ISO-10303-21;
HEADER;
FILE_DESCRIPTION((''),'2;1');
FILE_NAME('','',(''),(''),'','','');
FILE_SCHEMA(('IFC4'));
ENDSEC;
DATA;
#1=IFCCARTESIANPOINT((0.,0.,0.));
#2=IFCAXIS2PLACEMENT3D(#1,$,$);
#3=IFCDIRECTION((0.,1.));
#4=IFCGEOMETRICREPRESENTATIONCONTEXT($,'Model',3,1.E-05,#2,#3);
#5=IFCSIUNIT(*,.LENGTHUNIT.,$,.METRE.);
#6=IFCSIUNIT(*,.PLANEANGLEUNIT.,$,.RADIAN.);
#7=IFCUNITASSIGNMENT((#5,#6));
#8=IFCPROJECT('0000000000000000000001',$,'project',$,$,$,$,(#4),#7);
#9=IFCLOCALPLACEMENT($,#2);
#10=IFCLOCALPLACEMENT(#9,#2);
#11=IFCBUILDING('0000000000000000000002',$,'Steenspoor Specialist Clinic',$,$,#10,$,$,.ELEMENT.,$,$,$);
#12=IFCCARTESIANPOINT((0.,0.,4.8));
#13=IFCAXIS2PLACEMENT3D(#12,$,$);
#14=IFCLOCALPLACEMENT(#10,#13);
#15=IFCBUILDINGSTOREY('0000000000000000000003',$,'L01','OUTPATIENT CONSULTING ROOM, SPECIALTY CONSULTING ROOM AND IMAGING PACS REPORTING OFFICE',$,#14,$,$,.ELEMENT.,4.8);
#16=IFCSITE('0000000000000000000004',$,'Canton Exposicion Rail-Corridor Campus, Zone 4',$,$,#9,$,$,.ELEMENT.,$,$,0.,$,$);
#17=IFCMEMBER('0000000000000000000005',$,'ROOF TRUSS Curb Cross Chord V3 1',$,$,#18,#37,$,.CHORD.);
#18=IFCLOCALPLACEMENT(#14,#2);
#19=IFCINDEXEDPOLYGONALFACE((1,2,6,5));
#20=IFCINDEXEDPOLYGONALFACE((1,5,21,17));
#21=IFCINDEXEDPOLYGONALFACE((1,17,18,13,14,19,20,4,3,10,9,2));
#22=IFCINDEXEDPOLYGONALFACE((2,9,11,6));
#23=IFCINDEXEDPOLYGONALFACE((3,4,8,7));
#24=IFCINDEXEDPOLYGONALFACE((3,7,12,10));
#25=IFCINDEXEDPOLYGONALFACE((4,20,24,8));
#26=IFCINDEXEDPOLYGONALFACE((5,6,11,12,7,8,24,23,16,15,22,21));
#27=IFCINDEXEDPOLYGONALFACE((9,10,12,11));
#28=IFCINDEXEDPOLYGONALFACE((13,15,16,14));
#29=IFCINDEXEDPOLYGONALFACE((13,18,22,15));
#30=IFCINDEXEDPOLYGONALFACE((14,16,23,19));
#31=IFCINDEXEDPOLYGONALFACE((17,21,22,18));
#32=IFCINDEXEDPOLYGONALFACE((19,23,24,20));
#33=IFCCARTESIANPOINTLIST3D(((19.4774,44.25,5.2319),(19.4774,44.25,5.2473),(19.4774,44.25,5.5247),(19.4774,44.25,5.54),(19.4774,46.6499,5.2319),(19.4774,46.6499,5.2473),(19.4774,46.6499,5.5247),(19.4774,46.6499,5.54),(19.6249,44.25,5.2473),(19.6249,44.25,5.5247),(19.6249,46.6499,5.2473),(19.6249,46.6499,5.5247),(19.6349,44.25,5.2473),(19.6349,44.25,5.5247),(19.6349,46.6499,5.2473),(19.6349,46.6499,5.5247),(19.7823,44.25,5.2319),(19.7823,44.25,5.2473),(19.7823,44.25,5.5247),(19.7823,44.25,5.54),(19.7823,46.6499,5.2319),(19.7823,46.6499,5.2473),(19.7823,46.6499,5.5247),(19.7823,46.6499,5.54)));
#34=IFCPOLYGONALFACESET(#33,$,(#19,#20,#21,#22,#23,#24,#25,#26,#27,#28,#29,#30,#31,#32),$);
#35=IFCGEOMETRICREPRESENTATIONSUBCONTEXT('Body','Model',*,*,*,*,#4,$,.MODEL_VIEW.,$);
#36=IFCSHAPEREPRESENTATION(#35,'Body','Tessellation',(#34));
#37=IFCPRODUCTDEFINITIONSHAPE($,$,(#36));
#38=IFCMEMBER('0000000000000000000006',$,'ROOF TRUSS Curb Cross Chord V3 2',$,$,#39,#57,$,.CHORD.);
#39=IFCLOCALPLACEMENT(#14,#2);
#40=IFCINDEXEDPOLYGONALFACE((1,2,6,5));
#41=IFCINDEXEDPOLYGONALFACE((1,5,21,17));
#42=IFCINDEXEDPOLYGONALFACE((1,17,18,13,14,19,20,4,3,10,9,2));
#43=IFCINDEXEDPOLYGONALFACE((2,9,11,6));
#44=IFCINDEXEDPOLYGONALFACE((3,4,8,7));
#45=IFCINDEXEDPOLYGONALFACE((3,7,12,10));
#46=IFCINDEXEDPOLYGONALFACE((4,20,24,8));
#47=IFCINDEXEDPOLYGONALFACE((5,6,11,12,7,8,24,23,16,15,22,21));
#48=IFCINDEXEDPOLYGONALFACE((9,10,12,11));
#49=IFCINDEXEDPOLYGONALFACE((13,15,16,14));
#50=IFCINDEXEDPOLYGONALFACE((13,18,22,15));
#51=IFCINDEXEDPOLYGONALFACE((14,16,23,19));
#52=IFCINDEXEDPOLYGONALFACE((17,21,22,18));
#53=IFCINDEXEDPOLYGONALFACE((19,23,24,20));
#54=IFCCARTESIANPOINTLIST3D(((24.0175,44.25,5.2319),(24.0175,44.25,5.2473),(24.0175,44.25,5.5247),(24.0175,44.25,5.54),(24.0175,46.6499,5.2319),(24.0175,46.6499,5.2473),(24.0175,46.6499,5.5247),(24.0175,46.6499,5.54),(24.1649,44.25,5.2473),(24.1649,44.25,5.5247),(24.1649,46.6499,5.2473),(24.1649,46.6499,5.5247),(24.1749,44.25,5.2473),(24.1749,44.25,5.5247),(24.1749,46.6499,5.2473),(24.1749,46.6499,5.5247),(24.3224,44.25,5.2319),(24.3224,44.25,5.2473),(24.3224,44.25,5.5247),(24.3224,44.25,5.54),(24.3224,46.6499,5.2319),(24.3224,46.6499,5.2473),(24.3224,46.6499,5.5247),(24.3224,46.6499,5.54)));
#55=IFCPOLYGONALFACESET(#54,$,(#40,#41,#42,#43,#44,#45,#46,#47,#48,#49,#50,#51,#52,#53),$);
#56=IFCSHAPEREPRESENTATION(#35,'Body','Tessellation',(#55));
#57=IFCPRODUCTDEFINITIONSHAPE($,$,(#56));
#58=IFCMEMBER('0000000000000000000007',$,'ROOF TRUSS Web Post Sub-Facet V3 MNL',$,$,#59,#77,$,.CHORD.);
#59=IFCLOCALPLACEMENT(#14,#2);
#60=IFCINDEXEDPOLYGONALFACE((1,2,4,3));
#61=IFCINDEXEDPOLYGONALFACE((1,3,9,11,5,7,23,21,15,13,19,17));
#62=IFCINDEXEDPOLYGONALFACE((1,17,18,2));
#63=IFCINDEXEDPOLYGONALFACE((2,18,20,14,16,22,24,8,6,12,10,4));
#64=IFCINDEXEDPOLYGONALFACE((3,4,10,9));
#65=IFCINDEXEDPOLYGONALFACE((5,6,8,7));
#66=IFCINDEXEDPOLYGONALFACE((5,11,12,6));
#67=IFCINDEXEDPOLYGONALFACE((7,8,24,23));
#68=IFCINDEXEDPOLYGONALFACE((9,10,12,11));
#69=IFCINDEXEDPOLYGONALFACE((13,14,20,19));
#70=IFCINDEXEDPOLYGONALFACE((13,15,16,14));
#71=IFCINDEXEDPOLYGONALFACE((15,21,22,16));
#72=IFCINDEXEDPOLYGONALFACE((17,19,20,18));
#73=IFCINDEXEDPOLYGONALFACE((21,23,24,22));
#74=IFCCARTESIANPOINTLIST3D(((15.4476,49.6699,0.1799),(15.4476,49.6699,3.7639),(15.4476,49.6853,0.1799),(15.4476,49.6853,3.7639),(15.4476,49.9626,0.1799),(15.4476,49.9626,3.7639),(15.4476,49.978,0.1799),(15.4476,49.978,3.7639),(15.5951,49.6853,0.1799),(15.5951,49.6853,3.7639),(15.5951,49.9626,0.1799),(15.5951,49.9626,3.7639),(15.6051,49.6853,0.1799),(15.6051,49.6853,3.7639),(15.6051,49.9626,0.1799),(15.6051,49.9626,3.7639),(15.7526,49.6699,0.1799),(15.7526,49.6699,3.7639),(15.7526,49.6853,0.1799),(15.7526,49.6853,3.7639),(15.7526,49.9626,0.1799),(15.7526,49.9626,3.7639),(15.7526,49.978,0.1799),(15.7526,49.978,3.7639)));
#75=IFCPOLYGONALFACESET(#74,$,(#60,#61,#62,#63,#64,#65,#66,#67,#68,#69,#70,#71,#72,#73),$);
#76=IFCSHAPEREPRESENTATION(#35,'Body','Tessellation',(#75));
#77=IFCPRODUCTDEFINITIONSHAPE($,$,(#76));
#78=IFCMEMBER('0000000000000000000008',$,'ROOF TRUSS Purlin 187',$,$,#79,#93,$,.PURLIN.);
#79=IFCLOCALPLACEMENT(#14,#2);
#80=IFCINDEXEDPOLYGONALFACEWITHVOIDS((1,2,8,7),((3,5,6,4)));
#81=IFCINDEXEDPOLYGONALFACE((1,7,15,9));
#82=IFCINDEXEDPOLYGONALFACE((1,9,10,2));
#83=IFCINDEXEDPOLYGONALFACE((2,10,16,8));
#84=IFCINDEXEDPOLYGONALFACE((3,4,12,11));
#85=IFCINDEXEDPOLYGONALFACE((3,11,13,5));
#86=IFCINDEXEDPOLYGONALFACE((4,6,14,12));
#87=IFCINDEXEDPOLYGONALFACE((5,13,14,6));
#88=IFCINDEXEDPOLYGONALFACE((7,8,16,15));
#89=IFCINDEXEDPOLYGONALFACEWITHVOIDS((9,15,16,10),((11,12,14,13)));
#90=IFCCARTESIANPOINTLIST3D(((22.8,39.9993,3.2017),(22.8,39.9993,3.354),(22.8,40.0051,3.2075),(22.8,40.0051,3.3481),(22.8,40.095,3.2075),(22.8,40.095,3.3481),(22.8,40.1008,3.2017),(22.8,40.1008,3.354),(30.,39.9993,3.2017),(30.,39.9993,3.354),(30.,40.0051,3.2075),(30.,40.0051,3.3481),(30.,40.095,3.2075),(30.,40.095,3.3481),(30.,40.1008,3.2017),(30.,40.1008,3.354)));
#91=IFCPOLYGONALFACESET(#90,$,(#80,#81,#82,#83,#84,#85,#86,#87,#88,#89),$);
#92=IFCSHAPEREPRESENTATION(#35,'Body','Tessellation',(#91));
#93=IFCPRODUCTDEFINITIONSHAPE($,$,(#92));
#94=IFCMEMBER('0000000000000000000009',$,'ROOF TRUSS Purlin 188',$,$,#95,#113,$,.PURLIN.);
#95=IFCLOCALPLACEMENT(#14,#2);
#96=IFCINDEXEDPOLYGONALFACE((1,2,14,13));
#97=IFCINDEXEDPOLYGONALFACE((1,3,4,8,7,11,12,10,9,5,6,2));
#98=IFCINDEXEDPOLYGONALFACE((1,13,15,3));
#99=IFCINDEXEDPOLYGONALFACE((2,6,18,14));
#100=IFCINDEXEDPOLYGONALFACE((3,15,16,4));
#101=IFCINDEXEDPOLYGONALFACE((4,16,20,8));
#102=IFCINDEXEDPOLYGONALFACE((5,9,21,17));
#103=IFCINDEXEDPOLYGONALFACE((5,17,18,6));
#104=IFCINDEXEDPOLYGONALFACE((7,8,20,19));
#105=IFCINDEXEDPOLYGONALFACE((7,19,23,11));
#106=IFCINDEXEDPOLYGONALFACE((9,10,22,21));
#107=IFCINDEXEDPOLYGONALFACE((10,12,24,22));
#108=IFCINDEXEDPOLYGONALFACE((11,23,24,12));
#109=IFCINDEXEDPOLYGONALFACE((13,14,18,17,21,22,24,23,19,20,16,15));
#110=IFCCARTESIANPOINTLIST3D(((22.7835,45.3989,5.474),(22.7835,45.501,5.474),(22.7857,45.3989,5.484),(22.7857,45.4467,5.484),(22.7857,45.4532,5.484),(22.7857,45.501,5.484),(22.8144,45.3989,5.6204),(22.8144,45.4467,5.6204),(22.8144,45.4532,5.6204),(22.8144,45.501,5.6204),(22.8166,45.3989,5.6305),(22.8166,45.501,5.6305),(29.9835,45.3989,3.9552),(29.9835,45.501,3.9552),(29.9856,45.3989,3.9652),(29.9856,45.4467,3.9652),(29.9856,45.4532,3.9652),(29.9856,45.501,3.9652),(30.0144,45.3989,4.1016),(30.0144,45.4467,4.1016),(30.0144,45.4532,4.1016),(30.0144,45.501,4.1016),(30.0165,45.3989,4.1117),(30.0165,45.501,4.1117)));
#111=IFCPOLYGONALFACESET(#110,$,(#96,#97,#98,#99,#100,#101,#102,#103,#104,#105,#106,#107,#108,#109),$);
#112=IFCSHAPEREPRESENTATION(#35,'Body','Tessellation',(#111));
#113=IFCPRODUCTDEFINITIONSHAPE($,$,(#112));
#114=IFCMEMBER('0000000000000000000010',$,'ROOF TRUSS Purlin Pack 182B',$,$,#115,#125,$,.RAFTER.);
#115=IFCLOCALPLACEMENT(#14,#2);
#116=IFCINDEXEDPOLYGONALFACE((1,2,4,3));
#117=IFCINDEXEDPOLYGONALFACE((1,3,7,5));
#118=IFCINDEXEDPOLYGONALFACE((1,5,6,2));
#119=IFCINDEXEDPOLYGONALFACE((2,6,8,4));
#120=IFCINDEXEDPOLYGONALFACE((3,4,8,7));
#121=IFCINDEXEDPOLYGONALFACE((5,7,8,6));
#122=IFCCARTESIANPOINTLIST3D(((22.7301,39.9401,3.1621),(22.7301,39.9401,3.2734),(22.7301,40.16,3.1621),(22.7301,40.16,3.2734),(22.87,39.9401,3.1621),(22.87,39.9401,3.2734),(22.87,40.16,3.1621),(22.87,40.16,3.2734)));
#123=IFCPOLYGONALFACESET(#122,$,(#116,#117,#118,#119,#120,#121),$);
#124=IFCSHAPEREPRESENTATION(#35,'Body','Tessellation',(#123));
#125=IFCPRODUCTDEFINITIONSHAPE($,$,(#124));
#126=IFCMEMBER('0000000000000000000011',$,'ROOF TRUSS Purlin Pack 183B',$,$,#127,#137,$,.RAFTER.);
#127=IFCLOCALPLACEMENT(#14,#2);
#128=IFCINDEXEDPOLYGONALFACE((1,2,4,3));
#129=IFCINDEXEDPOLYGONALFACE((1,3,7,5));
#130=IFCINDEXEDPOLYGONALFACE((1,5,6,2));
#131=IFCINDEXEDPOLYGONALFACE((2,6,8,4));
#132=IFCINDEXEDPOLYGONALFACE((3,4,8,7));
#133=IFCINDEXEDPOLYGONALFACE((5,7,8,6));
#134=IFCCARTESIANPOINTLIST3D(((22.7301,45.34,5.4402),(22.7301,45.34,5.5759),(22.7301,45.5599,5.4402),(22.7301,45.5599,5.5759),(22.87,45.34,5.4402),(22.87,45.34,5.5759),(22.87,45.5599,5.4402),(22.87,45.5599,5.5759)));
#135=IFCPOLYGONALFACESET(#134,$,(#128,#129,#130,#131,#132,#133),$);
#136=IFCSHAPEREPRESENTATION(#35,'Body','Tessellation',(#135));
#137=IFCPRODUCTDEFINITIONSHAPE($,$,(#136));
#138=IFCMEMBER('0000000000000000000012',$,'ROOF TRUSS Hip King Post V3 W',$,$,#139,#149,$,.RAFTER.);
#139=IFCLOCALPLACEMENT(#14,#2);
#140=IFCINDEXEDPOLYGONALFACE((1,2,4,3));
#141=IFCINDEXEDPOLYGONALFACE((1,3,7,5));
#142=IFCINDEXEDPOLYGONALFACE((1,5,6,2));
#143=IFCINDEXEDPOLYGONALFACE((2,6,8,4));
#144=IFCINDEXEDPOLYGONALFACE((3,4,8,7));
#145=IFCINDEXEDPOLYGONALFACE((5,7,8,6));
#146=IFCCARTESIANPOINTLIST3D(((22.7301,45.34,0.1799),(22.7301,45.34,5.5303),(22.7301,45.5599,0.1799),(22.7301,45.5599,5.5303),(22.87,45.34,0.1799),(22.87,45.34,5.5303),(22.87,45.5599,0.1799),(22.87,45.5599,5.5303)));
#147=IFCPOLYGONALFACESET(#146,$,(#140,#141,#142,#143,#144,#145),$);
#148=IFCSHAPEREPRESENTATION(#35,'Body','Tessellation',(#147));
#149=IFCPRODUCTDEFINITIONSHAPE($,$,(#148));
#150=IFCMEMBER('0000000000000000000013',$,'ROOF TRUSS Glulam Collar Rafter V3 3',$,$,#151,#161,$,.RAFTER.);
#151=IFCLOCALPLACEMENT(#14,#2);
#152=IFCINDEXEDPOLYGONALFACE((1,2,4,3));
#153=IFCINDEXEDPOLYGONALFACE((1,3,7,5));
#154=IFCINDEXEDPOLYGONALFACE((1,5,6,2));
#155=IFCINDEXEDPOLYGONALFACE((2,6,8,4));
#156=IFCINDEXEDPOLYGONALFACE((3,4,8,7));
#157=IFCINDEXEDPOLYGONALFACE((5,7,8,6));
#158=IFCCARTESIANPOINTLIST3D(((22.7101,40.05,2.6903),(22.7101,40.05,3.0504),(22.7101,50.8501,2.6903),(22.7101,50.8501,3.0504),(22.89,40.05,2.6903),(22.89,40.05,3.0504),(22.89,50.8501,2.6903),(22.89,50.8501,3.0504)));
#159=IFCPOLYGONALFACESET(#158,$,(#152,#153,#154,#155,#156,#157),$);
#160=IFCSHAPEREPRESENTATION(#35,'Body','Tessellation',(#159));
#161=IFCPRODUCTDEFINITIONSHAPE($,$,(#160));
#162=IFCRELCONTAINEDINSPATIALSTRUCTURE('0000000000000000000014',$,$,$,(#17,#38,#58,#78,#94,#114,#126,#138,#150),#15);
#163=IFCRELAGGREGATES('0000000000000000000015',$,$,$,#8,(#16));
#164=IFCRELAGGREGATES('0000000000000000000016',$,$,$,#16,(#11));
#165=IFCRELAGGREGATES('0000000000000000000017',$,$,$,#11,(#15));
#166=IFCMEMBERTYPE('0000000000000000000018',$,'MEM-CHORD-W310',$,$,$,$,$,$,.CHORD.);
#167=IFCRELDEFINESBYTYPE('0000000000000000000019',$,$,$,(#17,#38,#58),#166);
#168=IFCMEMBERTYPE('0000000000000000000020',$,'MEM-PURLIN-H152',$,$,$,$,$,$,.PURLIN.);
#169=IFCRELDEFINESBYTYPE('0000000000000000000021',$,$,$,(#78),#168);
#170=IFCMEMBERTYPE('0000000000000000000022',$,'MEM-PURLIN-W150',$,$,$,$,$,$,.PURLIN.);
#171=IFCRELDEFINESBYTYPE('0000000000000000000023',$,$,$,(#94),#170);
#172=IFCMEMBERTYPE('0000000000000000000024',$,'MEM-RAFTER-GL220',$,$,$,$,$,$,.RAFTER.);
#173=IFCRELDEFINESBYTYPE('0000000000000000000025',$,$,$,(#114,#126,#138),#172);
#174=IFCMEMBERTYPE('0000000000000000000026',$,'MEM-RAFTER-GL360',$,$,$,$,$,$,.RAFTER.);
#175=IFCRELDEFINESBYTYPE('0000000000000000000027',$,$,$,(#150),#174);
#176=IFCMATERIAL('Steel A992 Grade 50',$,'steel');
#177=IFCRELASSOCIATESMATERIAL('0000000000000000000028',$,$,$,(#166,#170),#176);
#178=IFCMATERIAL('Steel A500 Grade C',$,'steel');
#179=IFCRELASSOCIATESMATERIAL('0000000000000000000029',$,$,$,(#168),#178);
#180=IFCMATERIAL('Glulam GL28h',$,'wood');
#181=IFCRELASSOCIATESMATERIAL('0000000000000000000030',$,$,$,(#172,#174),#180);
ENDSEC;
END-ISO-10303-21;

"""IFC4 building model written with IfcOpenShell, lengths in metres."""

from ifc_helpers import new_model, si_unit, direction, frame, origin, origin_2d, place, context, subcontext, project, spatial, rectangle, hollow_rectangle, i_section, extrude, material, material_profile, profile_set, type_object, element, save


model = new_model("IFC4")

# Units and contexts
model_context = context("Model", 3, precision=1e-05, world=origin(), true_north=direction((0.0, 1.0)))
body_context = subcontext(model_context, "Body", "Model", "MODEL_VIEW")
ifc_project = project(units=[si_unit("LENGTHUNIT", "METRE"), si_unit("PLANEANGLEUNIT", "RADIAN")], contexts=[model_context])

# Site, building, storey
site_placement = place(None, origin())
site = spatial("IfcSite", under=ifc_project, at=site_placement, Name="Canton Exposicion Rail-Corridor Campus, Zone 4", CompositionType="ELEMENT", RefElevation=0.0)
building_placement = place(site_placement, origin())
building = spatial("IfcBuilding", under=site, at=building_placement, Name="Steenspoor Specialist Clinic", CompositionType="ELEMENT")
storey_placement = place(building_placement, frame((0.0, 0.0, 4.8)))
storey = spatial("IfcBuildingStorey", under=building, at=storey_placement, Name="L01", Description="OUTPATIENT CONSULTING ROOM, SPECIALTY CONSULTING ROOM AND IMAGING PACS REPORTING OFFICE", CompositionType="ELEMENT", Elevation=4.8)

# Shared definitions
ifc_material_1 = material(Name="Steel A992 Grade 50", Category="steel")

# Members
ifc_material_2 = material(Name="Steel A500 Grade C", Category="steel")
ifc_material_profile_1 = material_profile(ifc_material_1, i_section(OverallWidth=0.3049, OverallDepth=0.3081, WebThickness=0.01, FlangeThickness=0.0154, at=origin_2d()), Name="W310X97")
ifc_profile_set_1 = profile_set([ifc_material_profile_1], Name="Steel A992 Grade 50")
member_type_1 = type_object("IfcMemberType", Name="MEM-CHORD-W310", PredefinedType="CHORD", material=ifc_profile_set_1)
for number, where, z_axis, x_axis, name in (
    (1, (19.6299, 44.25, 5.386), (0.0, 1.0, 0.0), (-1.0, 0.0, 0.0), "ROOF TRUSS Curb Cross Chord V3 1"),
    (2, (24.1699, 44.25, 5.386), (0.0, 1.0, 0.0), (-1.0, 0.0, 0.0), "ROOF TRUSS Curb Cross Chord V3 2"),
):
    element("IfcMember", number, at=place(storey_placement, frame(where, z_axis=z_axis, x_axis=x_axis)), inside=storey, type_object=member_type_1, Name=name, PredefinedType="CHORD", context=body_context, shape_type="SweptSolid", body=[
        extrude(i_section(OverallWidth=0.3049, OverallDepth=0.3081, WebThickness=0.01, FlangeThickness=0.0154, at=origin_2d()), origin(), (0.0, 0.0, 1.0), 2.3999),
    ])
member_1_placement = place(storey_placement, frame((15.6001, 49.824, 0.1799), z_axis=(0.0, 0.0, 1.0), x_axis=(1.0, 0.0, 0.0)))
element("IfcMember", 3, at=member_1_placement, inside=storey, type_object=member_type_1, Name="ROOF TRUSS Web Post Sub-Facet V3 MNL", PredefinedType="CHORD", context=body_context, shape_type="SweptSolid", body=[
    extrude(i_section(OverallWidth=0.3049, OverallDepth=0.3081, WebThickness=0.01, FlangeThickness=0.0154, at=origin_2d()), origin(), (0.0, 0.0, 1.0), 3.584),
])
ifc_material_profile_2 = material_profile(ifc_material_2, hollow_rectangle(XDim=0.1016, YDim=0.1523, WallThickness=0.0059, at=origin_2d()), Name="HSS152X102X6.4")
ifc_profile_set_2 = profile_set([ifc_material_profile_2], Name="Steel A500 Grade C")
member_type_2 = type_object("IfcMemberType", Name="MEM-PURLIN-H152", PredefinedType="PURLIN", material=ifc_profile_set_2)
member_2_placement = place(storey_placement, frame((22.8, 40.05, 3.2778), z_axis=(1.0, 0.0, 0.0), x_axis=(0.0, 1.0, 0.0)))
element("IfcMember", 4, at=member_2_placement, inside=storey, type_object=member_type_2, Name="ROOF TRUSS Purlin 187", PredefinedType="PURLIN", context=body_context, shape_type="SweptSolid", body=[
    extrude(hollow_rectangle(XDim=0.1016, YDim=0.1523, WallThickness=0.0059, at=origin_2d()), origin(), (0.0, 0.0, 1.0), 7.2),
])
ifc_material_profile_3 = material_profile(ifc_material_1, i_section(OverallWidth=0.1021, OverallDepth=0.1599, WebThickness=0.0066, FlangeThickness=0.0103, at=origin_2d()), Name="W150X24")
ifc_profile_set_3 = profile_set([ifc_material_profile_3], Name="Steel A992 Grade 50")
member_type_3 = type_object("IfcMemberType", Name="MEM-PURLIN-W150", PredefinedType="PURLIN", material=ifc_profile_set_3)
member_3_placement = place(storey_placement, frame((22.8, 45.45, 5.5522), z_axis=(0.978467, 0.0, -0.206403), x_axis=(0.0, 1.0, 0.0)))
element("IfcMember", 5, at=member_3_placement, inside=storey, type_object=member_type_3, Name="ROOF TRUSS Purlin 188", PredefinedType="PURLIN", context=body_context, shape_type="SweptSolid", body=[
    extrude(i_section(OverallWidth=0.1021, OverallDepth=0.1599, WebThickness=0.0066, FlangeThickness=0.0103, at=origin_2d()), origin(), (0.0, 0.0, 1.0), 7.3584),
])
ifc_material_3 = material(Name="Glulam GL28h", Category="wood")
ifc_material_profile_4 = material_profile(ifc_material_3, rectangle(XDim=0.1399, YDim=0.22, at=origin_2d()), Name="GL28H-140X220")
ifc_profile_set_4 = profile_set([ifc_material_profile_4], Name="Glulam GL28h")
member_type_4 = type_object("IfcMemberType", Name="MEM-RAFTER-GL220", PredefinedType="RAFTER", material=ifc_profile_set_4)
member_4_placement = place(storey_placement, frame((22.8, 40.05, 3.1621), z_axis=(0.0, 0.0, 1.0), x_axis=(1.0, 0.0, 0.0)))
element("IfcMember", 6, at=member_4_placement, inside=storey, type_object=member_type_4, Name="ROOF TRUSS Purlin Pack 182B", PredefinedType="RAFTER", context=body_context, shape_type="SweptSolid", body=[
    extrude(rectangle(XDim=0.1399, YDim=0.22, at=origin_2d()), origin(), (0.0, 0.0, 1.0), 0.1113),
])
member_5_placement = place(storey_placement, frame((22.8, 45.45, 5.4402), z_axis=(0.0, 0.0, 1.0), x_axis=(1.0, 0.0, 0.0)))
element("IfcMember", 7, at=member_5_placement, inside=storey, type_object=member_type_4, Name="ROOF TRUSS Purlin Pack 183B", PredefinedType="RAFTER", context=body_context, shape_type="SweptSolid", body=[
    extrude(rectangle(XDim=0.1399, YDim=0.22, at=origin_2d()), origin(), (0.0, 0.0, 1.0), 0.1357),
])
member_6_placement = place(storey_placement, frame((22.8, 45.45, 0.1799), z_axis=(0.0, 0.0, 1.0), x_axis=(1.0, 0.0, 0.0)))
element("IfcMember", 8, at=member_6_placement, inside=storey, type_object=member_type_4, Name="ROOF TRUSS Hip King Post V3 W", PredefinedType="RAFTER", context=body_context, shape_type="SweptSolid", body=[
    extrude(rectangle(XDim=0.1399, YDim=0.22, at=origin_2d()), origin(), (0.0, 0.0, 1.0), 5.3503),
])
ifc_material_profile_5 = material_profile(ifc_material_3, rectangle(XDim=0.1799, YDim=0.3601, at=origin_2d()), Name="GL28H-180X360")
ifc_profile_set_5 = profile_set([ifc_material_profile_5], Name="Glulam GL28h")
member_type_5 = type_object("IfcMemberType", Name="MEM-RAFTER-GL360", PredefinedType="RAFTER", material=ifc_profile_set_5)
member_7_placement = place(storey_placement, frame((22.8, 40.05, 2.8704), z_axis=(0.0, 1.0, 0.0), x_axis=(-1.0, 0.0, 0.0)))
element("IfcMember", 9, at=member_7_placement, inside=storey, type_object=member_type_5, Name="ROOF TRUSS Glulam Collar Rafter V3 3", PredefinedType="RAFTER", context=body_context, shape_type="SweptSolid", body=[
    extrude(rectangle(XDim=0.1799, YDim=0.3601, at=origin_2d()), origin(), (0.0, 0.0, 1.0), 10.8),
])

save(model, "model.ifc")
